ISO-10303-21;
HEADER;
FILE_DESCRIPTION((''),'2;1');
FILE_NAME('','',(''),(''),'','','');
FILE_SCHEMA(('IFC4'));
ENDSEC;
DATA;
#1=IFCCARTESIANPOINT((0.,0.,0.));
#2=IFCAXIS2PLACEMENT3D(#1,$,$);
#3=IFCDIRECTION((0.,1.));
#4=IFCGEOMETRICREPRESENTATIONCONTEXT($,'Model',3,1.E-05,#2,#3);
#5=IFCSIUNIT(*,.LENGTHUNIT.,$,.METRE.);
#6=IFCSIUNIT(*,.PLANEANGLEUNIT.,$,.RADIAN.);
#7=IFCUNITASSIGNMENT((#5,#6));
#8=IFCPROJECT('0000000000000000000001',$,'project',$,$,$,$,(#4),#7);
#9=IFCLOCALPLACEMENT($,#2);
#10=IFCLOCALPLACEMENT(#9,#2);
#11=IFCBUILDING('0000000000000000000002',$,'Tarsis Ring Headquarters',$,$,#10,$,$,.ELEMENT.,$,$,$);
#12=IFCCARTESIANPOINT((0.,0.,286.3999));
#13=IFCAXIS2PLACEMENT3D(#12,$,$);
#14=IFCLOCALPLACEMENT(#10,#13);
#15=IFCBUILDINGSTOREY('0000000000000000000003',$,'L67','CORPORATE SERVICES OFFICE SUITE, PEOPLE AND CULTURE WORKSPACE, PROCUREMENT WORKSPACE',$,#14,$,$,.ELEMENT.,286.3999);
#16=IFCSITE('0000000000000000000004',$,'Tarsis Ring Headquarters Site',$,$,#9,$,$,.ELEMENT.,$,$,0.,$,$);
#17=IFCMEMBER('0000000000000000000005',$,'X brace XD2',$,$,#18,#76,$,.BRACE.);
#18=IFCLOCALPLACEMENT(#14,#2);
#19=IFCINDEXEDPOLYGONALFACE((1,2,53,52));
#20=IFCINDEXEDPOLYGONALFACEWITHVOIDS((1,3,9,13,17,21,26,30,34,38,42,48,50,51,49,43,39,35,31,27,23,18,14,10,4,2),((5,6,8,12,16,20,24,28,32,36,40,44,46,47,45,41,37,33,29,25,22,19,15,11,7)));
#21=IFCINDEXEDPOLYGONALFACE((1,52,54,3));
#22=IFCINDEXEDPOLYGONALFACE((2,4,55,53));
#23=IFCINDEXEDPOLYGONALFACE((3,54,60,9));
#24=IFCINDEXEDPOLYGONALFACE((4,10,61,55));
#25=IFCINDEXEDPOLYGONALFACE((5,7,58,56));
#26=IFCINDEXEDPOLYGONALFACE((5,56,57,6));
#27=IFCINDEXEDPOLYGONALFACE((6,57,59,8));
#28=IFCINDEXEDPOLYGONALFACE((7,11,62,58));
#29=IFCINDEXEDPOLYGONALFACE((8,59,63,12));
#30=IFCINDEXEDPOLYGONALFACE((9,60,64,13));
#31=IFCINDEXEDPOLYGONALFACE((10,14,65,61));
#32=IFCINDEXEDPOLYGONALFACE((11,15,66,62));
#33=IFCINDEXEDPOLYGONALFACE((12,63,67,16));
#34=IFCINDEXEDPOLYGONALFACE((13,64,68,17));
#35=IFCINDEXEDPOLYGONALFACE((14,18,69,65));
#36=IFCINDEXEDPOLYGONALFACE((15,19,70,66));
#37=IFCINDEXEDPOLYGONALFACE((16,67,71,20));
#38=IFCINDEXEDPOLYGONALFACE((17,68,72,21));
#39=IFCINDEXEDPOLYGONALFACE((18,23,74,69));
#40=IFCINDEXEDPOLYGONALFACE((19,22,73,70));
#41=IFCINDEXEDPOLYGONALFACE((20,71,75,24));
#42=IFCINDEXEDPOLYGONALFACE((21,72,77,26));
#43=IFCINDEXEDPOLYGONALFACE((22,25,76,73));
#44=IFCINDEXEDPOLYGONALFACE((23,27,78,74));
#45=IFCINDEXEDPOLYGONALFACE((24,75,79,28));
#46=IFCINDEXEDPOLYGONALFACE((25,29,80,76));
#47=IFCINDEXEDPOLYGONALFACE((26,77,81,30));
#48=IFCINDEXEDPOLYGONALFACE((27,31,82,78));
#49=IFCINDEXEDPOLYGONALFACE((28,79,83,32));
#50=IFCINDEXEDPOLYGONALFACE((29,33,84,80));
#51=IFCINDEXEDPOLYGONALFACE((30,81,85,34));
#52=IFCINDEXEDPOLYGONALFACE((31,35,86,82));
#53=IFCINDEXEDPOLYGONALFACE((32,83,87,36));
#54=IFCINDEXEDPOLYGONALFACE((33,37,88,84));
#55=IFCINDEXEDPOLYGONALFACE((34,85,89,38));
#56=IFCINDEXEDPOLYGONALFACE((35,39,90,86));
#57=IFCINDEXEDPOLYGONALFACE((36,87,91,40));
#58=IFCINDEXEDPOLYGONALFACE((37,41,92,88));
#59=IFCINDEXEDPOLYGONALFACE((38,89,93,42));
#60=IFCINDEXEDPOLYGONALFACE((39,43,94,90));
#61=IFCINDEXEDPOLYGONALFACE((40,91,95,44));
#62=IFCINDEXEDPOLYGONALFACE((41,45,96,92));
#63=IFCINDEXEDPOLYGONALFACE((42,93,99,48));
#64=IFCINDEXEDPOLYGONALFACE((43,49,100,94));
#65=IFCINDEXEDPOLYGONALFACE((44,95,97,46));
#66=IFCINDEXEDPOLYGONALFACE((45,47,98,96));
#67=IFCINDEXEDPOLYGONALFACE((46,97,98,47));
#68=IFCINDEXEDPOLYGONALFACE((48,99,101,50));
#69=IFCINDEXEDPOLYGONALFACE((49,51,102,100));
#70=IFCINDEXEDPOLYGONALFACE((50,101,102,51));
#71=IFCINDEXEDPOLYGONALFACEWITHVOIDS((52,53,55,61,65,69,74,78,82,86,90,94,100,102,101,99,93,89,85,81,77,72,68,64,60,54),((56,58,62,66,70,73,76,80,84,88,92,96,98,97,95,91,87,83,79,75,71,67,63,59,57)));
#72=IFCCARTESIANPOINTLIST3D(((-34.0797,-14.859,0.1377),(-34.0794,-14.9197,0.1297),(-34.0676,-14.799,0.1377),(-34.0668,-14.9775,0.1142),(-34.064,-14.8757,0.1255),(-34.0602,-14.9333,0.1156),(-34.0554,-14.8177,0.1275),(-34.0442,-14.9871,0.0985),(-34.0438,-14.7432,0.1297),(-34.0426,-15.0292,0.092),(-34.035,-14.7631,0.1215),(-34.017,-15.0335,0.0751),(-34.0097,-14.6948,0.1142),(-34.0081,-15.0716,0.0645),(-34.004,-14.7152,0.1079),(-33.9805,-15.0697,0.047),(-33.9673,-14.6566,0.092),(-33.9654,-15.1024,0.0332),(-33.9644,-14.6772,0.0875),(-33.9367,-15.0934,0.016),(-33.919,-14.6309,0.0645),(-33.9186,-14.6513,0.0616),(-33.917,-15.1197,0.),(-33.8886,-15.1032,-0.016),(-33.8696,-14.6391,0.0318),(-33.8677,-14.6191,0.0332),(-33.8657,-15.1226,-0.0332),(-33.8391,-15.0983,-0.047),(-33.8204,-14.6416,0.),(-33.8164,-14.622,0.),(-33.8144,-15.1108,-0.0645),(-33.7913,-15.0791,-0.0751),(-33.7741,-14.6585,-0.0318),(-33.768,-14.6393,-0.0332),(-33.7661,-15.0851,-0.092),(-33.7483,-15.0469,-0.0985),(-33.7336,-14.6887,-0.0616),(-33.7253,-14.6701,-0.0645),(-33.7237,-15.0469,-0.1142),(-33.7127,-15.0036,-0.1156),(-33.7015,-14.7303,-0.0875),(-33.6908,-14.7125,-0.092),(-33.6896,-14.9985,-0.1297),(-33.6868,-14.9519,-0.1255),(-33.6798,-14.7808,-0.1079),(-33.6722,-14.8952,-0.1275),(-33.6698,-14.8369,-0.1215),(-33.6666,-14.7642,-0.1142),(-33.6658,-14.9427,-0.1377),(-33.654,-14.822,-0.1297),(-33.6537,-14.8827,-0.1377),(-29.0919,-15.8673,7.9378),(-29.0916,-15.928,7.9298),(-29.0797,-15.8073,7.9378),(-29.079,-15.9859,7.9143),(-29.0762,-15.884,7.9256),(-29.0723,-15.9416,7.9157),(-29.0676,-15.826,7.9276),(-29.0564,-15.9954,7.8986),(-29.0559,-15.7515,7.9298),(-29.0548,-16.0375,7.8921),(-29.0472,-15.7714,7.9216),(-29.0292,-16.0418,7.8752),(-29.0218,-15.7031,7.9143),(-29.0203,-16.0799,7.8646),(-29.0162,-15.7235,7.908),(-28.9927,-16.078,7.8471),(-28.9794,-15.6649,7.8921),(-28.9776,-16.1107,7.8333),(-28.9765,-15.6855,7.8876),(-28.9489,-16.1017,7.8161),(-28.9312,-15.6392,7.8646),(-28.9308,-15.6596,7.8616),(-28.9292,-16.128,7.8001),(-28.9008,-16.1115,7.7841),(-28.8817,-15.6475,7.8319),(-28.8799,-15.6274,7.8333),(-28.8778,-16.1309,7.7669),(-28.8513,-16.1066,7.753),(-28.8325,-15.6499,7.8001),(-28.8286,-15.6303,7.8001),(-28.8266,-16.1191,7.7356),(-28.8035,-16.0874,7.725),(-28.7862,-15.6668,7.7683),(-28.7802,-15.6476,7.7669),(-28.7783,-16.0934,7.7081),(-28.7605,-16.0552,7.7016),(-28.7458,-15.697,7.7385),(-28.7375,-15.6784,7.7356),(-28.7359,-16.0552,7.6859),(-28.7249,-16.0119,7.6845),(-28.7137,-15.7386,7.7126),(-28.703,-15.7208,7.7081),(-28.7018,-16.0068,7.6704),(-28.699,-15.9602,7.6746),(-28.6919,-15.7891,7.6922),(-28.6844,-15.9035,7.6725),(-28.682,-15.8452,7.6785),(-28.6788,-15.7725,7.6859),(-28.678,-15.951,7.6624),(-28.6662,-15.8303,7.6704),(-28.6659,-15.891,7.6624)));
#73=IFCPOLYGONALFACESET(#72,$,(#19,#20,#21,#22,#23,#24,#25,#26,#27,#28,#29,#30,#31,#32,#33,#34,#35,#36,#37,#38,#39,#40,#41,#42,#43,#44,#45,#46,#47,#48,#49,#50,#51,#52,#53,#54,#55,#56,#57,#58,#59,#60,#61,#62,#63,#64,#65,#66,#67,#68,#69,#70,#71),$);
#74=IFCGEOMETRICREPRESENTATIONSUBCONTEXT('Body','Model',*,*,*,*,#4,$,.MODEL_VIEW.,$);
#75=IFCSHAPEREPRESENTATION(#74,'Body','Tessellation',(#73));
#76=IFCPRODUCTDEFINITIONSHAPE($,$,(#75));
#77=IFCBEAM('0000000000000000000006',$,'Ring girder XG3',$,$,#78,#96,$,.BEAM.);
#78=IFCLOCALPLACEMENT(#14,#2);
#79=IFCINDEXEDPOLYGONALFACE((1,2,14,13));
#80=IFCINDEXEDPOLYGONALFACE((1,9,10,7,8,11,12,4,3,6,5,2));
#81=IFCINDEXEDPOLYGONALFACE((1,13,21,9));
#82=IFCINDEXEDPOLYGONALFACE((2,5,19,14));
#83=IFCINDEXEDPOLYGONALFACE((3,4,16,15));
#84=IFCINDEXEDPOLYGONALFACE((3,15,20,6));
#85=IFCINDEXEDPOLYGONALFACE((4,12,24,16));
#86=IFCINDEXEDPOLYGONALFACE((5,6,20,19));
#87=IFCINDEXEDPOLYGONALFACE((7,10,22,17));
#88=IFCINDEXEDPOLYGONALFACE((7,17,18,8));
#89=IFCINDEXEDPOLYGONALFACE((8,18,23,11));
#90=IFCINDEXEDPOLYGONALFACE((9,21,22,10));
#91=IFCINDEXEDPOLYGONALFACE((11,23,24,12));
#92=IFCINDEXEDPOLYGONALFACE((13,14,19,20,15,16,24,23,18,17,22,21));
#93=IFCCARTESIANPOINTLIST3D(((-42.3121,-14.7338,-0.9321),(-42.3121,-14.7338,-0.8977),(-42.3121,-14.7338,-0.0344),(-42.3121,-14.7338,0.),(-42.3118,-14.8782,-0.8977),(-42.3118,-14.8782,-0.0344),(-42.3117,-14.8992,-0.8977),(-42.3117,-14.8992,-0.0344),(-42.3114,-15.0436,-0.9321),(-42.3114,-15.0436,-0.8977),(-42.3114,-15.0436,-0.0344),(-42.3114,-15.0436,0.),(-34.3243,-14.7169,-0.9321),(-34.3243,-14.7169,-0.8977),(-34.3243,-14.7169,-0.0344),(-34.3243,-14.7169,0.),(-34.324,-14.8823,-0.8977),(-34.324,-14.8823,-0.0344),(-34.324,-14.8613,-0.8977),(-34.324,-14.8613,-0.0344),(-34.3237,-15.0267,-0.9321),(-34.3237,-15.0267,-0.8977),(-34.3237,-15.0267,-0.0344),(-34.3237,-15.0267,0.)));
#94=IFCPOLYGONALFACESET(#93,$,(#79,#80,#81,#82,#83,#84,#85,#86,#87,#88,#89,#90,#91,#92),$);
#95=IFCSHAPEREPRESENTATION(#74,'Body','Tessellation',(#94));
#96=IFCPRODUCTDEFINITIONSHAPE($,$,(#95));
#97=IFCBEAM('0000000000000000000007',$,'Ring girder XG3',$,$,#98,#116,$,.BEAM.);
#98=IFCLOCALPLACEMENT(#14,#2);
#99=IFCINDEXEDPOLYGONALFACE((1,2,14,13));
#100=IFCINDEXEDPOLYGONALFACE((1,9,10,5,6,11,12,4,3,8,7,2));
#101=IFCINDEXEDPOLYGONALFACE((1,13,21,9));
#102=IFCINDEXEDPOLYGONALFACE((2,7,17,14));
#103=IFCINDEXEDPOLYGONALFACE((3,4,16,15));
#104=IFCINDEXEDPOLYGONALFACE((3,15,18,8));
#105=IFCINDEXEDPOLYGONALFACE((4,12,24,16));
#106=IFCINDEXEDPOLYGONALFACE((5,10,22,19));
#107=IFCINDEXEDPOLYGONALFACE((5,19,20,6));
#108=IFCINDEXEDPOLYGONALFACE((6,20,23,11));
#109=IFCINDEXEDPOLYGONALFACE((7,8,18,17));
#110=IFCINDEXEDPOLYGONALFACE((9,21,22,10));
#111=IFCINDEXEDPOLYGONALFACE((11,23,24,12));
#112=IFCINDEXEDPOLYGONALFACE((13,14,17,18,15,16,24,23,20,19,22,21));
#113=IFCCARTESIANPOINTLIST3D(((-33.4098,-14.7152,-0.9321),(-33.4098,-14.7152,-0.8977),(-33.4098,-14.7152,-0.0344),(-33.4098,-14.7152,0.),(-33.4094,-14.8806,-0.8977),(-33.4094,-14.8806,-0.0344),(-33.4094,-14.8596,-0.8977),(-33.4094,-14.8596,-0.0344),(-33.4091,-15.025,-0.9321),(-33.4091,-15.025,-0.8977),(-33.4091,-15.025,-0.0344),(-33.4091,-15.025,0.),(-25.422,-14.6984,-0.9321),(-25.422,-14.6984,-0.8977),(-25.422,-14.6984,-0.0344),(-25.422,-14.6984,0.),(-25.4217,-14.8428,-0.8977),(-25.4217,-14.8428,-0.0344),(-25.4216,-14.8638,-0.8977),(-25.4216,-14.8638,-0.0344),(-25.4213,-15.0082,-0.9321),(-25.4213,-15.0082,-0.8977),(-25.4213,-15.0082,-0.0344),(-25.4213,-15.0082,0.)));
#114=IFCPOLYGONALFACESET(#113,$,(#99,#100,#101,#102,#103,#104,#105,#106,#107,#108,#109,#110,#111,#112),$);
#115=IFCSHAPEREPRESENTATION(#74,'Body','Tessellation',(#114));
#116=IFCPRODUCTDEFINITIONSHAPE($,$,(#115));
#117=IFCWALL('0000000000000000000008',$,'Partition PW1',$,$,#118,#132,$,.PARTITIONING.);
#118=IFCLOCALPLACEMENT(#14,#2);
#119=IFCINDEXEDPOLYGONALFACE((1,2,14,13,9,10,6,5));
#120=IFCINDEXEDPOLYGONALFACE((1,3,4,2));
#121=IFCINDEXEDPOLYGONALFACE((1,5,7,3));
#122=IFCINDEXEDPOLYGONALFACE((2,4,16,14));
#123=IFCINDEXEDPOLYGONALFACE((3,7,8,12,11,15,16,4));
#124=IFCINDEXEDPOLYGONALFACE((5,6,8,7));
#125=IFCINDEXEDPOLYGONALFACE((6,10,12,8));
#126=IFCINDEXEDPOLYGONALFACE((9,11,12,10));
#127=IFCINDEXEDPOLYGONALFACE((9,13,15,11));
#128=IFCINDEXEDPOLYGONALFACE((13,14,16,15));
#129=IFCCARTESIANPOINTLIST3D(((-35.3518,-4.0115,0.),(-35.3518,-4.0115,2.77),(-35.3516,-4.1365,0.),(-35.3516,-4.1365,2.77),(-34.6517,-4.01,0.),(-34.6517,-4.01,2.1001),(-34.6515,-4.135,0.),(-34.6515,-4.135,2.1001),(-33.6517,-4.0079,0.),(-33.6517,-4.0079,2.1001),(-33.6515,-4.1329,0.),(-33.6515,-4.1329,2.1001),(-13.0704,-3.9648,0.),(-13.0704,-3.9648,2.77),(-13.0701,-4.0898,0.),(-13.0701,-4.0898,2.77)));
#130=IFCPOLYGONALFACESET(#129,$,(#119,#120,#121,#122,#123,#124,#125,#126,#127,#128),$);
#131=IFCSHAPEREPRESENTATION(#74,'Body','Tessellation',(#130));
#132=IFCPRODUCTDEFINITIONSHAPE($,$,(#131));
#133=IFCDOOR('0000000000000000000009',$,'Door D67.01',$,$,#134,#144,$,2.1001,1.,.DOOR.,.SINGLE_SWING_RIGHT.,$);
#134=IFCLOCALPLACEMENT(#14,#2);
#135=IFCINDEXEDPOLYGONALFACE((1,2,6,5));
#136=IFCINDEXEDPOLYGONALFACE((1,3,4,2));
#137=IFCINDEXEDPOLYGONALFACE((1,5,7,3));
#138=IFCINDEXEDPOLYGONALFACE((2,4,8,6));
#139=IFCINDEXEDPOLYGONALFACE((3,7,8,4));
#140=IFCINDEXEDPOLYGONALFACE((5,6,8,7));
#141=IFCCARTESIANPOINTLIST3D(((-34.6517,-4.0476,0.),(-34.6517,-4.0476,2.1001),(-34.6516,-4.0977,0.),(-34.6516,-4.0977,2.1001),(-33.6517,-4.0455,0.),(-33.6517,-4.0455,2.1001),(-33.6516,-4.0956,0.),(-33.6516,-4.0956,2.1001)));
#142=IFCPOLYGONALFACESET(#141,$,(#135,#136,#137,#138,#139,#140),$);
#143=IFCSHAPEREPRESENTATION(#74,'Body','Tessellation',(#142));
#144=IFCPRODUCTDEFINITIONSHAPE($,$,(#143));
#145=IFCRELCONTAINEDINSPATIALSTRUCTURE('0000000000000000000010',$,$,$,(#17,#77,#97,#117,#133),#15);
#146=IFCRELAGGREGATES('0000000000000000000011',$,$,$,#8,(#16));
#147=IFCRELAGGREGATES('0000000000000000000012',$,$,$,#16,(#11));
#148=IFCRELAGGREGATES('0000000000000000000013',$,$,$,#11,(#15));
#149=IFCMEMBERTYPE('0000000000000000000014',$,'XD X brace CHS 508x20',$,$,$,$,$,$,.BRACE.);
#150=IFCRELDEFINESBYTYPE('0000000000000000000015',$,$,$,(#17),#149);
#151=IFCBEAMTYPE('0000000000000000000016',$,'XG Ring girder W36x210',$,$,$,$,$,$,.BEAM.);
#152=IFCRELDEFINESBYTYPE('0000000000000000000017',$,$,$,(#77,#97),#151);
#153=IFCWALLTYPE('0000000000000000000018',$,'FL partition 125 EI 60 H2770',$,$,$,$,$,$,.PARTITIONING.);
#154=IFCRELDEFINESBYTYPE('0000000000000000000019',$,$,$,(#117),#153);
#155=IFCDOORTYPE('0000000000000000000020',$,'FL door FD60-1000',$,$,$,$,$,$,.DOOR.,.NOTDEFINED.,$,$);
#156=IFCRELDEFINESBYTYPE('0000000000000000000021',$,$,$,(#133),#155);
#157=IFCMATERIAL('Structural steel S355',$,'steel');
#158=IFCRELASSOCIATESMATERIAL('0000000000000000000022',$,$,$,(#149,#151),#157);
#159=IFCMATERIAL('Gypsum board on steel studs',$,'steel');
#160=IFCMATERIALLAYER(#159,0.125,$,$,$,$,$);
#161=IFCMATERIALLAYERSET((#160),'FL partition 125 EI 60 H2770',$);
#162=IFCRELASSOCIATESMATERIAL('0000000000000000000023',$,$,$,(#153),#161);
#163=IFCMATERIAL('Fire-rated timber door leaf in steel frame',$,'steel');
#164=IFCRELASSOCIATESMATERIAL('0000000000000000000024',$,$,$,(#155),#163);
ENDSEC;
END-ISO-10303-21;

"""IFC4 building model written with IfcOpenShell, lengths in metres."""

from ifc_helpers import new_model, si_unit, direction, frame, frame_2d, origin, origin_2d, place, context, subcontext, project, spatial, rectangle, hollow_circle, i_section, extrude, material, layer, layer_set, material_profile, profile_set, type_object, element, fill, save


model = new_model("IFC4")

# Units and contexts
model_context = context("Model", 3, precision=1e-05, world=origin(), true_north=direction((0.0, 1.0)))
body_context = subcontext(model_context, "Body", "Model", "MODEL_VIEW")
ifc_project = project(units=[si_unit("LENGTHUNIT", "METRE"), si_unit("PLANEANGLEUNIT", "RADIAN")], contexts=[model_context])

# Site, building, storey
site_placement = place(None, origin())
site = spatial("IfcSite", under=ifc_project, at=site_placement, Name="Tarsis Ring Headquarters Site", CompositionType="ELEMENT", RefElevation=0.0)
building_placement = place(site_placement, origin())
building = spatial("IfcBuilding", under=site, at=building_placement, Name="Tarsis Ring Headquarters", CompositionType="ELEMENT")
storey_placement = place(building_placement, frame((0.0, 0.0, 286.3999)))
storey = spatial("IfcBuildingStorey", under=building, at=storey_placement, Name="L67", Description="CORPORATE SERVICES OFFICE SUITE, PEOPLE AND CULTURE WORKSPACE, PROCUREMENT WORKSPACE", CompositionType="ELEMENT", Elevation=286.3999)

# Shared definitions
ifc_material_1 = material(Name="Structural steel S355", Category="steel")

# Member
ifc_material_profile_1 = material_profile(ifc_material_1, hollow_circle(Radius=0.2539, WallThickness=0.02, at=origin_2d()), Name="CHS 508x20")
ifc_profile_set_1 = profile_set([ifc_material_profile_1], Name="Structural steel S355")
member_type = type_object("IfcMemberType", Name="XD X brace CHS 508x20", PredefinedType="BRACE", material=ifc_profile_set_1)
member_placement = place(storey_placement, frame((-33.8667, -14.8708, 0.0), z_axis=(0.535562, -0.108266, 0.837527), x_axis=(0.198146, 0.980173, 0.0)))
element("IfcMember", 1, at=member_placement, inside=storey, type_object=member_type, Name="X brace XD2", PredefinedType="BRACE", context=body_context, shape_type="SweptSolid", body=[
    extrude(hollow_circle(Radius=0.2539, WallThickness=0.02, at=origin_2d()), origin(), (0.0, 0.0, 1.0), 9.3132),
])

# Beams
ifc_material_profile_2 = material_profile(ifc_material_1, i_section(OverallWidth=0.3098, OverallDepth=0.9321, WebThickness=0.021, FlangeThickness=0.0344, at=origin_2d()), Name="W36x210")
ifc_profile_set_2 = profile_set([ifc_material_profile_2], Name="Structural steel S355")
beam_type = type_object("IfcBeamType", Name="XG Ring girder W36x210", PredefinedType="BEAM", material=ifc_profile_set_2)
for number, where, z_axis, x_axis, name in (
    (2, (-42.3118, -14.8887, -0.4661), (0.999998, 0.002109, 0.0), (-0.002109, 0.999998, 0.0), "Ring girder XG3"),
    (3, (-33.4094, -14.8701, -0.4661), (0.999998, 0.002109, 0.0), (-0.002109, 0.999998, 0.0), "Ring girder XG3"),
):
    element("IfcBeam", number, at=place(storey_placement, frame(where, z_axis=z_axis, x_axis=x_axis)), inside=storey, type_object=beam_type, Name=name, PredefinedType="BEAM", context=body_context, shape_type="SweptSolid", body=[
        extrude(i_section(OverallWidth=0.3098, OverallDepth=0.9321, WebThickness=0.021, FlangeThickness=0.0344, at=origin_2d()), origin(), (0.0, 0.0, 1.0), 7.9878),
    ])

# Wall, opening, door
ifc_material_2 = material(Name="Gypsum board on steel studs", Category="steel")
ifc_layer_1 = layer(ifc_material_2, 0.125)
ifc_layer_set_1 = layer_set([ifc_layer_1], Name="FL partition 125 EI 60 H2770")
wall_type_1 = type_object("IfcWallType", Name="FL partition 125 EI 60 H2770", PredefinedType="PARTITIONING", material=ifc_layer_set_1)
wall_1_placement = place(storey_placement, frame((-35.3516, -4.074, 0.0), z_axis=(0.0, 0.0, 1.0), x_axis=(0.999998, 0.002093, 0.0)))
wall_1 = element("IfcWall", 4, at=wall_1_placement, inside=storey, type_object=wall_type_1, Name="Partition PW1", PredefinedType="PARTITIONING", context=body_context, shape_type="SweptSolid", body=[
    extrude(rectangle(XDim=22.2815, YDim=0.125, at=frame_2d((11.1406, 0.0))), origin(), (0.0, 0.0, 1.0), 2.77),
])
opening_1_placement = place(wall_1_placement, frame((0.7, 0.0, 0.0)))
opening_1 = element("IfcOpeningElement", 5, at=opening_1_placement, cuts=wall_1, PredefinedType="OPENING", context=body_context, shape_type="SweptSolid", body=[
    extrude(rectangle(XDim=1.0, YDim=2.1001, at=frame_2d((0.5, 1.05))), frame((0.0, 0.0725, 0.0), z_axis=(0.0, -1.0, 0.0), x_axis=(1.0, 0.0, 0.0)), (0.0, 0.0, 1.0), 0.145),
])
ifc_material_3 = material(Name="Fire-rated timber door leaf in steel frame", Category="steel")
door_type = type_object("IfcDoorType", Name="FL door FD60-1000", OperationType="NOTDEFINED", PredefinedType="DOOR", material=ifc_material_3)
door_placement = place(opening_1_placement, origin())
door = element("IfcDoor", 6, at=door_placement, inside=storey, type_object=door_type, Name="Door D67.01", OperationType="SINGLE_SWING_RIGHT", OverallHeight=2.1001, OverallWidth=1.0, PredefinedType="DOOR", context=body_context, shape_type="SweptSolid", body=[
    extrude(rectangle(XDim=1.0, YDim=2.1001, at=frame_2d((0.5, 1.05))), frame((0.0, 0.0249, 0.0), z_axis=(0.0, -1.0, 0.0), x_axis=(1.0, 0.0, 0.0)), (0.0, 0.0, 1.0), 0.05),
])
fill(opening_1, door)

save(model, "model.ifc")
